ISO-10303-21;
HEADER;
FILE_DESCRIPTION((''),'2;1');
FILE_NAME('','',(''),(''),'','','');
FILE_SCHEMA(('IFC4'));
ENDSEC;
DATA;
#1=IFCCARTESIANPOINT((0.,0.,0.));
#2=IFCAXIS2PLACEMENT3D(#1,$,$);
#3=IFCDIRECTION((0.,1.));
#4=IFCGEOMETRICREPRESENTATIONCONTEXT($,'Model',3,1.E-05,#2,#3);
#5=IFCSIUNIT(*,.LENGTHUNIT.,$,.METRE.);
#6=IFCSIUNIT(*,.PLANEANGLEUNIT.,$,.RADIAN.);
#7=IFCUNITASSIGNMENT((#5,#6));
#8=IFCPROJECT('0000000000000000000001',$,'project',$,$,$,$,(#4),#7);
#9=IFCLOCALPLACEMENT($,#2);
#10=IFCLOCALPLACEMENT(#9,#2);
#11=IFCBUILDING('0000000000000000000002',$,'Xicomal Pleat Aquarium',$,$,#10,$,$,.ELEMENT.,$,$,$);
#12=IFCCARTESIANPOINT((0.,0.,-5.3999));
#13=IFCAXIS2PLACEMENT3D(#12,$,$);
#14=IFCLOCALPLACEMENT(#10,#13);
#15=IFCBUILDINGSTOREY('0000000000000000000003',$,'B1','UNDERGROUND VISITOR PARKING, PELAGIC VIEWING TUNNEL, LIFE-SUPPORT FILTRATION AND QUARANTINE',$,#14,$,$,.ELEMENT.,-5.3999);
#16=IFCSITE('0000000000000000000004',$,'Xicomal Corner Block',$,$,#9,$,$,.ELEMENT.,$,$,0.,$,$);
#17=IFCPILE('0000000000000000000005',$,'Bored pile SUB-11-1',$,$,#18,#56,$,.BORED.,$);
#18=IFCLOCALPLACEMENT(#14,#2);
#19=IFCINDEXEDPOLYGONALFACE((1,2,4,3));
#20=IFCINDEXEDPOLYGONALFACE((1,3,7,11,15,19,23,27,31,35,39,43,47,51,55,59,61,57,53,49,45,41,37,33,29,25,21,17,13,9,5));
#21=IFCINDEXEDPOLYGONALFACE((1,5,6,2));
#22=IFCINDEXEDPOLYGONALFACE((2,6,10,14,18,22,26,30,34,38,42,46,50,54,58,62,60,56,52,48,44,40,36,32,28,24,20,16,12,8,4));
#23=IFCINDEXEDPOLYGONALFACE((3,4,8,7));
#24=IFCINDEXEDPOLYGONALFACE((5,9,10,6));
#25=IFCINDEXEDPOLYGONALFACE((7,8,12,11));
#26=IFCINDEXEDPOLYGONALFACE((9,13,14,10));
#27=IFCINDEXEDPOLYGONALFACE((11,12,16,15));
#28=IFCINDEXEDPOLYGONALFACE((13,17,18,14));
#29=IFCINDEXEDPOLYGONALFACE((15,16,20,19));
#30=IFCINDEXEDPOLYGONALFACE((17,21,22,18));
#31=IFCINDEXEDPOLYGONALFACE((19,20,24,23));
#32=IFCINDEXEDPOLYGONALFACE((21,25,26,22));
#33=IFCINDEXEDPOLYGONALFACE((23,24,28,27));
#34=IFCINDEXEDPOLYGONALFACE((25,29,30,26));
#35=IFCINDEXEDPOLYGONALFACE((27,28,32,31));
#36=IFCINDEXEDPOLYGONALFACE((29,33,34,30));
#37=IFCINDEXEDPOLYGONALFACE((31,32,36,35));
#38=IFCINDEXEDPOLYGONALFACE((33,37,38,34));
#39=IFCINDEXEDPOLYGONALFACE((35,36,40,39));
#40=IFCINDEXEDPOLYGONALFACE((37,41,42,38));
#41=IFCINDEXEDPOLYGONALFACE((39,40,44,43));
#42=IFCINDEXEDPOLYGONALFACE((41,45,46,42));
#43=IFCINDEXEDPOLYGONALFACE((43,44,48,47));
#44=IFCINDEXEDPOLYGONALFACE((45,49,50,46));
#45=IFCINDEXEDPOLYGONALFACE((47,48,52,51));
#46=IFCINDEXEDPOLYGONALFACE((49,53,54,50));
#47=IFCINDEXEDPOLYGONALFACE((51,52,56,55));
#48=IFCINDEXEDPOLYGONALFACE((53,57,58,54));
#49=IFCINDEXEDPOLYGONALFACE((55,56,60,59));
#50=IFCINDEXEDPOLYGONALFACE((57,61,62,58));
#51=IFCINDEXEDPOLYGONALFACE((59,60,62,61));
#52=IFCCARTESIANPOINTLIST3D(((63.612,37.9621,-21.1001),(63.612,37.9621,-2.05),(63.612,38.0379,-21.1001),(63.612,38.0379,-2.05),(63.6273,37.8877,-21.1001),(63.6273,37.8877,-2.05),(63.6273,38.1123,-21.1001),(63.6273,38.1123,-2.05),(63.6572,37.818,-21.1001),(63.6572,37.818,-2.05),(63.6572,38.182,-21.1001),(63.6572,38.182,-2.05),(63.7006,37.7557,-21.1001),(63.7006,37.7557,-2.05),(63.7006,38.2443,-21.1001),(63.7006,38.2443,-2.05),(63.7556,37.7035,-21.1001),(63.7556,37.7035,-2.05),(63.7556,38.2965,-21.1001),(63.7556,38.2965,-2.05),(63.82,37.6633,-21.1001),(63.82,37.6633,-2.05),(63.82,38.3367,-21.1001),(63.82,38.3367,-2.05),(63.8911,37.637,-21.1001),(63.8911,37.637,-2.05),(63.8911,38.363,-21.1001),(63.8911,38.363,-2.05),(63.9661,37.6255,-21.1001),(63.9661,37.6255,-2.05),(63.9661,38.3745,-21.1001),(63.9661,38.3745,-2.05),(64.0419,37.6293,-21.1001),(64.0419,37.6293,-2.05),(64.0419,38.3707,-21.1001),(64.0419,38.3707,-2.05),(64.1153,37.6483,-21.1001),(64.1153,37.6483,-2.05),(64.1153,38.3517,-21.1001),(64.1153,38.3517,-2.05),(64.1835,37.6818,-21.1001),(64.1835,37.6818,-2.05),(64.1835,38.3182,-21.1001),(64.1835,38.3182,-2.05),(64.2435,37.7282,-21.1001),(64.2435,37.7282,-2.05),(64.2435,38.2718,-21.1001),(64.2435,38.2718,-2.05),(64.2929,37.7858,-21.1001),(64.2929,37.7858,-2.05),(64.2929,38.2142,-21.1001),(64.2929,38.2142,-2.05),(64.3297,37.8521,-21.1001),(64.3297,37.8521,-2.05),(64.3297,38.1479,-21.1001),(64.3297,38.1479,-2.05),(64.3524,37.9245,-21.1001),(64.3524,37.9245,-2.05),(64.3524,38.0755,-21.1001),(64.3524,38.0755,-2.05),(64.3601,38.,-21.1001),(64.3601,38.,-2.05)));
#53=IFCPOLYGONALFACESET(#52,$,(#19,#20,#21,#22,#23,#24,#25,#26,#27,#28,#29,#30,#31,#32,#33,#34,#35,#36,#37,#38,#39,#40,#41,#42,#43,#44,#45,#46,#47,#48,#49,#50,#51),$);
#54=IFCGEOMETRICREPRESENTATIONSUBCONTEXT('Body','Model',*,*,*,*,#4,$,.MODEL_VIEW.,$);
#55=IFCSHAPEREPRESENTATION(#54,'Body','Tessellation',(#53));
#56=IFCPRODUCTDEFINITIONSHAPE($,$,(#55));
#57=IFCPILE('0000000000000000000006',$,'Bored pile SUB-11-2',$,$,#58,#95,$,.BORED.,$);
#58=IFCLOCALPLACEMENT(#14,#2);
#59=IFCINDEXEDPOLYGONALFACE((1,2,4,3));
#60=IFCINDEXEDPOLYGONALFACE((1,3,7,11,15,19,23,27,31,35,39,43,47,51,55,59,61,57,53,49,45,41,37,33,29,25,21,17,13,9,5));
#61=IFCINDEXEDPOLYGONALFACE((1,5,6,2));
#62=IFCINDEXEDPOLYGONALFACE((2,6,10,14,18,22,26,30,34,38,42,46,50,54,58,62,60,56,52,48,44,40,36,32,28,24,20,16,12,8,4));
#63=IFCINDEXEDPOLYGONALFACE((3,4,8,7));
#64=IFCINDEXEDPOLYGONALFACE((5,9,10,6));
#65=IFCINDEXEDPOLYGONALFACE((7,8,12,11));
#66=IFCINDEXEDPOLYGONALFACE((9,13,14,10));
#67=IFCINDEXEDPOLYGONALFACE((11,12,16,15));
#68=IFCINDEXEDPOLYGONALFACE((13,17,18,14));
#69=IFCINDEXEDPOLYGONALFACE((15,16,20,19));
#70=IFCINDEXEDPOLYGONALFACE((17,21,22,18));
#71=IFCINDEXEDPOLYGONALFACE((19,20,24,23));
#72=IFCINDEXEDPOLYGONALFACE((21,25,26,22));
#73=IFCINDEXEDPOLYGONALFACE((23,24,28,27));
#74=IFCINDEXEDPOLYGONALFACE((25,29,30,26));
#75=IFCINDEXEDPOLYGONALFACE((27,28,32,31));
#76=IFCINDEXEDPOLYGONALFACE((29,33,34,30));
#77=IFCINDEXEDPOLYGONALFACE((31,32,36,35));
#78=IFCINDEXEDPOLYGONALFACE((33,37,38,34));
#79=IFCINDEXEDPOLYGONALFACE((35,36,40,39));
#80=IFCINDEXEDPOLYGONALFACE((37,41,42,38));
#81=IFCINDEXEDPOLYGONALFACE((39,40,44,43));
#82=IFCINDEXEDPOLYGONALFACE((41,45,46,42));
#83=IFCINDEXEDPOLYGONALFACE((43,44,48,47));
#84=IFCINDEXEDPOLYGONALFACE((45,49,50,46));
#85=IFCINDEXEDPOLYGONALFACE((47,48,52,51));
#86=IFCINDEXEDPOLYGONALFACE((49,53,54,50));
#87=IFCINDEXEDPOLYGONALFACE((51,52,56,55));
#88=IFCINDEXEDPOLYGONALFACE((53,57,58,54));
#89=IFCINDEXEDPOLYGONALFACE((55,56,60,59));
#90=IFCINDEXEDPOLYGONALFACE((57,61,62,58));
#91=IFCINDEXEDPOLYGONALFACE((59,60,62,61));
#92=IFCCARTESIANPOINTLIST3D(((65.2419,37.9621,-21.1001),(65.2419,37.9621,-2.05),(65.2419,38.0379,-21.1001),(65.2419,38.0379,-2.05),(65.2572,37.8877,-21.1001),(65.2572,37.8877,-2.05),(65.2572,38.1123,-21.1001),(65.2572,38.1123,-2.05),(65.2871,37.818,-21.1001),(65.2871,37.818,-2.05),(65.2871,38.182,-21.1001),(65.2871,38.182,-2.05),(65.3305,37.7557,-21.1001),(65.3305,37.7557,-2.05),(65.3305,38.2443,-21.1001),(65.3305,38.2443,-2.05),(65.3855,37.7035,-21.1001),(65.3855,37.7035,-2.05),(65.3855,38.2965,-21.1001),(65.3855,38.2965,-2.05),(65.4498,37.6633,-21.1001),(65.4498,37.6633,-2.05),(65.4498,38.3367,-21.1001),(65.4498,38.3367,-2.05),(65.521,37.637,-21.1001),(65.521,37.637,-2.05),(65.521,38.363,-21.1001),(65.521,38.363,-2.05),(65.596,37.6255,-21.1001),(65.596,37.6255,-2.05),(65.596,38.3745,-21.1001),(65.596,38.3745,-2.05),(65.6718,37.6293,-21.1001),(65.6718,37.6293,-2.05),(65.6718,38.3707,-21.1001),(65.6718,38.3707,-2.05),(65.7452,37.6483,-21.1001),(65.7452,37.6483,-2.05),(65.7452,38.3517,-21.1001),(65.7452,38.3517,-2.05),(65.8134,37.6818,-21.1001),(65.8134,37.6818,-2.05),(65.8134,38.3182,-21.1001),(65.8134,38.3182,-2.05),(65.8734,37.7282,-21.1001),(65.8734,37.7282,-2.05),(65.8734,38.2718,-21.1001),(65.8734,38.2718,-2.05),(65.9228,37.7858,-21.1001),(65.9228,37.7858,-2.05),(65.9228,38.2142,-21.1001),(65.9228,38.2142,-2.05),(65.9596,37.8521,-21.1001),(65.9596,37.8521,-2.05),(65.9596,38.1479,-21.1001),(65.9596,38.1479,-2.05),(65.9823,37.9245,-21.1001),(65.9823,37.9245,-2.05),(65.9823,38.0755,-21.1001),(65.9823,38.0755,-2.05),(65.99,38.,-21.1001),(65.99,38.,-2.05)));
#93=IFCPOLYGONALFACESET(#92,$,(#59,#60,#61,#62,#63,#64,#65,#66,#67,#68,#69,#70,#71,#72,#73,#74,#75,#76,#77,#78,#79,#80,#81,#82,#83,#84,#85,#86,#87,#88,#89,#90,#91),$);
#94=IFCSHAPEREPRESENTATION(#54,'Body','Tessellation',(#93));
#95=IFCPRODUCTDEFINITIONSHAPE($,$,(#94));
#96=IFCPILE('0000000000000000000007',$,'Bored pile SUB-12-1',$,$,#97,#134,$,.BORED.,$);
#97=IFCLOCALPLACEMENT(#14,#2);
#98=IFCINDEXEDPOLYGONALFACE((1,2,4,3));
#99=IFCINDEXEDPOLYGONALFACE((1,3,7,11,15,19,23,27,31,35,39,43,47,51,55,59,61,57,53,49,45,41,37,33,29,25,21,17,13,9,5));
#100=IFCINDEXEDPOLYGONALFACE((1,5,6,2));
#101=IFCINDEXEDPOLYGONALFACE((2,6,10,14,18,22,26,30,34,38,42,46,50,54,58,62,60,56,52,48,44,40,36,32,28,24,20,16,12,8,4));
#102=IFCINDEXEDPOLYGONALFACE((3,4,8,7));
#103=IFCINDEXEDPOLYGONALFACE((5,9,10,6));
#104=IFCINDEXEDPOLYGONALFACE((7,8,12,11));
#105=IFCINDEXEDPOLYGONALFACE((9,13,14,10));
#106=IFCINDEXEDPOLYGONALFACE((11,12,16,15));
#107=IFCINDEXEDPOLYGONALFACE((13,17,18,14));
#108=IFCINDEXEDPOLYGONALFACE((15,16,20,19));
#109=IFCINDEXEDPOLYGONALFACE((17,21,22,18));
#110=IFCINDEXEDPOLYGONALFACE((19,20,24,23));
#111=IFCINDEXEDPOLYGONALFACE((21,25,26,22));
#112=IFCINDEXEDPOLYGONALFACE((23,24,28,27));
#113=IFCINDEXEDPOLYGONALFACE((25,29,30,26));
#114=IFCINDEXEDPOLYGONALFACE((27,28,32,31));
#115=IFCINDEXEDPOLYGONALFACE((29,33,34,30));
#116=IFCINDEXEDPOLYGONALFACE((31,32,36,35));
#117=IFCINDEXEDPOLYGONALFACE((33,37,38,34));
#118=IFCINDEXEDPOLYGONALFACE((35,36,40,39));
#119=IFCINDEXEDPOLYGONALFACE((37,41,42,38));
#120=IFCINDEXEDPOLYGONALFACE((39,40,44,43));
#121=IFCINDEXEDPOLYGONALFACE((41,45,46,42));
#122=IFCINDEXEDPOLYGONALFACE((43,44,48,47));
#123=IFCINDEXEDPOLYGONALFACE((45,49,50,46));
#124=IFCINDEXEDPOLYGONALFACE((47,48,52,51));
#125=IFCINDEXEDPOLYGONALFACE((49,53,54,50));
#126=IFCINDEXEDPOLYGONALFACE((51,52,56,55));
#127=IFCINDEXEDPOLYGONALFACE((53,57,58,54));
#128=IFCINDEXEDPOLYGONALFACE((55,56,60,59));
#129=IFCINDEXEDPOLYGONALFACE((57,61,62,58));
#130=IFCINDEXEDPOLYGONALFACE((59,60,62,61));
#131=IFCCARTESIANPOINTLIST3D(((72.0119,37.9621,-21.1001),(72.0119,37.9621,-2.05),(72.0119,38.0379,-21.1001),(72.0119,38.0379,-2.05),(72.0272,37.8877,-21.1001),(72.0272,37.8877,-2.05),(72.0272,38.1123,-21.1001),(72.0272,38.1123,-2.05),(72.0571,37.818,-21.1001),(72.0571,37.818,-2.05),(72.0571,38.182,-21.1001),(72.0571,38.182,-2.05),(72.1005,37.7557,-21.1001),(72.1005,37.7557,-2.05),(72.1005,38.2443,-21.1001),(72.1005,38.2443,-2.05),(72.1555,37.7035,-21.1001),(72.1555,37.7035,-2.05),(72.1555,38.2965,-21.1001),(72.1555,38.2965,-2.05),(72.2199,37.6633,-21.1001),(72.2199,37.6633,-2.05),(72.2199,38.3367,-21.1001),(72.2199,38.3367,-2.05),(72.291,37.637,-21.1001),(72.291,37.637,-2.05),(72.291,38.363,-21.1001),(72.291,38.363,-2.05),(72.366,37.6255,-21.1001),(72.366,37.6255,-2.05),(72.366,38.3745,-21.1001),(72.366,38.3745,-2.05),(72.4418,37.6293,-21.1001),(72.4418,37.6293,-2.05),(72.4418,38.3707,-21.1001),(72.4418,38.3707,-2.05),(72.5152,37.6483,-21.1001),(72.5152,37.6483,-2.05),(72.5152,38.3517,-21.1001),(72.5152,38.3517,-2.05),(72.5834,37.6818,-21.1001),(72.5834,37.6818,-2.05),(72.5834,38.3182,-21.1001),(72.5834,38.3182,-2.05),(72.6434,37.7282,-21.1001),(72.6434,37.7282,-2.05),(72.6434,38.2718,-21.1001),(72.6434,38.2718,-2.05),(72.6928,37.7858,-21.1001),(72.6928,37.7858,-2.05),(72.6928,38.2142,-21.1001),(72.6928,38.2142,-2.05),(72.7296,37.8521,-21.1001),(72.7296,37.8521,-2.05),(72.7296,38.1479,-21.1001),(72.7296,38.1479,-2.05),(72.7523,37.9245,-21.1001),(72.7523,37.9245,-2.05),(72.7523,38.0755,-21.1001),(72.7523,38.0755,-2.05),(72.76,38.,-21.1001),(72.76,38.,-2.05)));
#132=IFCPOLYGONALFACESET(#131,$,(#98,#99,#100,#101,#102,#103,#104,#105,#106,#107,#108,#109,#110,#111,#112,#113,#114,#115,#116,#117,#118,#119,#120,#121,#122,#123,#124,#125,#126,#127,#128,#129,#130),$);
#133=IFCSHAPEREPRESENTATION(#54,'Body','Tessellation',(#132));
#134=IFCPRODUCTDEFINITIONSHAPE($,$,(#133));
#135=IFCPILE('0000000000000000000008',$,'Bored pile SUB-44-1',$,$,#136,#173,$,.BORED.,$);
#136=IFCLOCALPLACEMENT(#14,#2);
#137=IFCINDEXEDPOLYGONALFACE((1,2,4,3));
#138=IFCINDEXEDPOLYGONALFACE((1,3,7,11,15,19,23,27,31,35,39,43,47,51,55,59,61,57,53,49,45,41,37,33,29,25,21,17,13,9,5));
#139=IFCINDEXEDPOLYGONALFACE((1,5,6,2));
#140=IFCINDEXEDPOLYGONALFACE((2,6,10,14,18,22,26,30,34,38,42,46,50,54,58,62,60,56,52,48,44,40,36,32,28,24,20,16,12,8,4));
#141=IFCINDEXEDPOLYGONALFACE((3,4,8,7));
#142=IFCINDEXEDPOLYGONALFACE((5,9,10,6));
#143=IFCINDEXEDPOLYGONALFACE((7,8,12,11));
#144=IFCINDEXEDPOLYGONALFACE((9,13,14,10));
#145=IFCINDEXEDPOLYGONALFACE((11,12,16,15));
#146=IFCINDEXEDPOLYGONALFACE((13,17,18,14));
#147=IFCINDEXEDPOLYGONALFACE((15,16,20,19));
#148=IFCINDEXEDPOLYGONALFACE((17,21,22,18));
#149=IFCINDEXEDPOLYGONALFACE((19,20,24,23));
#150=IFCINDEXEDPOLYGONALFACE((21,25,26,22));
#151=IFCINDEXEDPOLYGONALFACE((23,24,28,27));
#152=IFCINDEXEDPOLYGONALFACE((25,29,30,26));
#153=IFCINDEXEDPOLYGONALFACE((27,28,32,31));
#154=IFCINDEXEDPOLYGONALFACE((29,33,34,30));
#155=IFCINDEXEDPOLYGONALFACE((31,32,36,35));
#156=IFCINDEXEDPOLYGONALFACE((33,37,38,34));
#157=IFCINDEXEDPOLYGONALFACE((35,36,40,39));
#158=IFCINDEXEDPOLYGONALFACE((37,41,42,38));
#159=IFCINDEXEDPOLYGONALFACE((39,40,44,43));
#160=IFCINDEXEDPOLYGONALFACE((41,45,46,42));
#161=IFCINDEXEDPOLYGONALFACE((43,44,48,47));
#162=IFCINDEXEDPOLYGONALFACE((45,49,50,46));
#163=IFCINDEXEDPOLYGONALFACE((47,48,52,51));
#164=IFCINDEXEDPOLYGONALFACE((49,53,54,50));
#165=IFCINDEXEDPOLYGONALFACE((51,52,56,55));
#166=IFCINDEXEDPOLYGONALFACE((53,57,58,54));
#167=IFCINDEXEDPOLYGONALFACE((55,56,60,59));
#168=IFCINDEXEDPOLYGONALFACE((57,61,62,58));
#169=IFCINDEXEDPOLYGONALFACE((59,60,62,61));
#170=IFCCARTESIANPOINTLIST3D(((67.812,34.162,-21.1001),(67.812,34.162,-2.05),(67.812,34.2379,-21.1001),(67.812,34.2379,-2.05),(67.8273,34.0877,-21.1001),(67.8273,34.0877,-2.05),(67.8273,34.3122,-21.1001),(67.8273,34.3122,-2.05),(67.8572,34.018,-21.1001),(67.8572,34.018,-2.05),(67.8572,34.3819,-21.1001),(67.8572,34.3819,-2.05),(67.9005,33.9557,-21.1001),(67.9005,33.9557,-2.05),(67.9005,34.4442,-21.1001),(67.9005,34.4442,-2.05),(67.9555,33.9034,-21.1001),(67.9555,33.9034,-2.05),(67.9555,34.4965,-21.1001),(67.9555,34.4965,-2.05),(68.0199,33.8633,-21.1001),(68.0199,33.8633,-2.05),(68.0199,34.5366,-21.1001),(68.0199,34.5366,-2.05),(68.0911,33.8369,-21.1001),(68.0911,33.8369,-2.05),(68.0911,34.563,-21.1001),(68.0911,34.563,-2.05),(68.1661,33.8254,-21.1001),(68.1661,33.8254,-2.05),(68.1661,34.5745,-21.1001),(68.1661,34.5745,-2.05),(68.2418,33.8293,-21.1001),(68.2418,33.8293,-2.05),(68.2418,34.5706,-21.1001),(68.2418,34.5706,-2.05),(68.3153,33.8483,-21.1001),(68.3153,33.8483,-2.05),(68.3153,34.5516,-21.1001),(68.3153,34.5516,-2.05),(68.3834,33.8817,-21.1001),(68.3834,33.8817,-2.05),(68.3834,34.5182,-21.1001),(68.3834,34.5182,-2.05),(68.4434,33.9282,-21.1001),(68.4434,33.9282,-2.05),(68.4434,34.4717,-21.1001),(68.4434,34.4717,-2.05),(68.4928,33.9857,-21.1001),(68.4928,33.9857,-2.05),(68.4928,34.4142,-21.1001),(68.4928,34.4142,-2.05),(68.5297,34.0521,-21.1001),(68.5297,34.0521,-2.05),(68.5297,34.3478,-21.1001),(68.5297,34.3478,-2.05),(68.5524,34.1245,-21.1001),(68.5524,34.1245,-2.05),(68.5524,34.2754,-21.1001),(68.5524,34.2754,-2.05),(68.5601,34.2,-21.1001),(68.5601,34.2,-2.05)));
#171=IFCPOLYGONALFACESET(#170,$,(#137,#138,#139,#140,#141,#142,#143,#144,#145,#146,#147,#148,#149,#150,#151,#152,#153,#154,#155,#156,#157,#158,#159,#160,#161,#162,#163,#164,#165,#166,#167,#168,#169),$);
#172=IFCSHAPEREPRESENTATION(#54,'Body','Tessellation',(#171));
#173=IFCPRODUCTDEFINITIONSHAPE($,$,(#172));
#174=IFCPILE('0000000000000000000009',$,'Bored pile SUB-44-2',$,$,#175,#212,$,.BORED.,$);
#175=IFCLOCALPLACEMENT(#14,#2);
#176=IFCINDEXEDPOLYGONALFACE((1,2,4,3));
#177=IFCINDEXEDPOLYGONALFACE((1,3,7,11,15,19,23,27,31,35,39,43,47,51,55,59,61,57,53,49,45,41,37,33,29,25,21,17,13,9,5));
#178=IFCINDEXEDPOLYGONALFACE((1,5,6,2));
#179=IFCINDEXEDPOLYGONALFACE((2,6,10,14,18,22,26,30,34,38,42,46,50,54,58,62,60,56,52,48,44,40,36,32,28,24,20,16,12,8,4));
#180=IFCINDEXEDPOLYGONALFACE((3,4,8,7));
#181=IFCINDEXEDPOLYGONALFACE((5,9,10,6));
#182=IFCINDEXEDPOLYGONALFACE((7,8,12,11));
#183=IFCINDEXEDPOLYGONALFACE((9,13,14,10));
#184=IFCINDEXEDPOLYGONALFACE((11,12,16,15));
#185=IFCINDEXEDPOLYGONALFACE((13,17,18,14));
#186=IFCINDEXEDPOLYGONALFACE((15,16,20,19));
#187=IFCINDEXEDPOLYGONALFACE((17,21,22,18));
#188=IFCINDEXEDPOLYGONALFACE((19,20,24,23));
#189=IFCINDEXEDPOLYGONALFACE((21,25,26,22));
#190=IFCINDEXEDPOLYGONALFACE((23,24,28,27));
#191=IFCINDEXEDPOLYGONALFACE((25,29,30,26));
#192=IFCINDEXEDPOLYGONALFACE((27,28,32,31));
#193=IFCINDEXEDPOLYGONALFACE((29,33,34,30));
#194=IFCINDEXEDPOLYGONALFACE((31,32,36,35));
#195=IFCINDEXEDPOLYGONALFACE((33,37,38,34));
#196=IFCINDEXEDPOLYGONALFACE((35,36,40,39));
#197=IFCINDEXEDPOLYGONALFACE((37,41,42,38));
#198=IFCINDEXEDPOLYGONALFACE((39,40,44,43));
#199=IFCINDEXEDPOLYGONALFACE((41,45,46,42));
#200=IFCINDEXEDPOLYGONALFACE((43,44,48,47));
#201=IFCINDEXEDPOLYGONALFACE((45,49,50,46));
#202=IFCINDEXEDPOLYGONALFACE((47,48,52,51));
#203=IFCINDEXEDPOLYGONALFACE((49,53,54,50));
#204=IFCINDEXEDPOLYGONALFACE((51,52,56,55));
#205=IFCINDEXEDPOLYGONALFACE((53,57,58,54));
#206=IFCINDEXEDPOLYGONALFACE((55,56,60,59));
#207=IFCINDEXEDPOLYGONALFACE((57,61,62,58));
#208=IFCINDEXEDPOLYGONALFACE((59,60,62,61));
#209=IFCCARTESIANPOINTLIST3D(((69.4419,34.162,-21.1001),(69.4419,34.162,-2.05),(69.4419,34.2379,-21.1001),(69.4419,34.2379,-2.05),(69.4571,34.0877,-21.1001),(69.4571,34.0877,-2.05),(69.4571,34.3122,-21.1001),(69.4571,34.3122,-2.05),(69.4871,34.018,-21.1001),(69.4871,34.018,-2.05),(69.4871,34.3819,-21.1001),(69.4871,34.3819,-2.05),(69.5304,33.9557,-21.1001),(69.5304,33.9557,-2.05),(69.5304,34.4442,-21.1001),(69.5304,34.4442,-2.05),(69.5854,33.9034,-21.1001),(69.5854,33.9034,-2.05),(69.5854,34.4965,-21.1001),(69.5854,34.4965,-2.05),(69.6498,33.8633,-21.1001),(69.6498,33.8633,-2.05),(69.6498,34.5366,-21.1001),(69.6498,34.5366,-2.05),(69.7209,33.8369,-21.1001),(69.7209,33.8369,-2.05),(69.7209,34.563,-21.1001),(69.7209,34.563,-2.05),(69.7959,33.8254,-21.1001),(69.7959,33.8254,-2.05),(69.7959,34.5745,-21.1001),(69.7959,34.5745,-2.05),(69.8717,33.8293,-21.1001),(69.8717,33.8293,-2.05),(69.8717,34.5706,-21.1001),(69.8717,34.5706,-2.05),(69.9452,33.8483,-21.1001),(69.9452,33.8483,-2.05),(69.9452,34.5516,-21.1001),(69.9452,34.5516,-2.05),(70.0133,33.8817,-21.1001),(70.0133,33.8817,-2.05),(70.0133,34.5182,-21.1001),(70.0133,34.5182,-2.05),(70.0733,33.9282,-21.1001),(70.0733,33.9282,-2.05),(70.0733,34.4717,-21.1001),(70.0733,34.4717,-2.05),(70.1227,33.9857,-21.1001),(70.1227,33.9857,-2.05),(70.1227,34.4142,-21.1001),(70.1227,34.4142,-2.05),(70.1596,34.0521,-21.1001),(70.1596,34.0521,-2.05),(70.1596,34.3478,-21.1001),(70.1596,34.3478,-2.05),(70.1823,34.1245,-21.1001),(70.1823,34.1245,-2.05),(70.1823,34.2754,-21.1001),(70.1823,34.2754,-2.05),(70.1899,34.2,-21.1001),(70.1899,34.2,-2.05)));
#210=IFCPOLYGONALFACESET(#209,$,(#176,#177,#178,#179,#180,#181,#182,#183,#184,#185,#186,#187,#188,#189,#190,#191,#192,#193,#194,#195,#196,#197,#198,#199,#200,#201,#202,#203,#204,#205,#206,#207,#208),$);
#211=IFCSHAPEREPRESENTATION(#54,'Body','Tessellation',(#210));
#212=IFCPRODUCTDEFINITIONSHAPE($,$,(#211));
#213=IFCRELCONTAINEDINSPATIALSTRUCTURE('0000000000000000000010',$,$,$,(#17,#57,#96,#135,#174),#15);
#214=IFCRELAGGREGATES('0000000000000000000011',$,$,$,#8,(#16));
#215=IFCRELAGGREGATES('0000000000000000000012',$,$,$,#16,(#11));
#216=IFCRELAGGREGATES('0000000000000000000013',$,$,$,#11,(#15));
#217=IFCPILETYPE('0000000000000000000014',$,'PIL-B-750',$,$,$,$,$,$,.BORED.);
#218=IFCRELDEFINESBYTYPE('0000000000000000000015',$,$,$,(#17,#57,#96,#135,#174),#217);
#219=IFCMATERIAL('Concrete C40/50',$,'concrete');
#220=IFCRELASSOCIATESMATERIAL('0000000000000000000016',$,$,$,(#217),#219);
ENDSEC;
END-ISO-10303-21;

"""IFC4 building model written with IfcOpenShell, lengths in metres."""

from ifc_helpers import new_model, si_unit, direction, frame, origin, origin_2d, place, context, subcontext, project, spatial, circle, extrude, material, material_profile, profile_set, type_object, element, save


model = new_model("IFC4")

# Units and contexts
model_context = context("Model", 3, precision=1e-05, world=origin(), true_north=direction((0.0, 1.0)))
body_context = subcontext(model_context, "Body", "Model", "MODEL_VIEW")
ifc_project = project(units=[si_unit("LENGTHUNIT", "METRE"), si_unit("PLANEANGLEUNIT", "RADIAN")], contexts=[model_context])

# Site, building, storey
site_placement = place(None, origin())
site = spatial("IfcSite", under=ifc_project, at=site_placement, Name="Xicomal Corner Block", CompositionType="ELEMENT", RefElevation=0.0)
building_placement = place(site_placement, origin())
building = spatial("IfcBuilding", under=site, at=building_placement, Name="Xicomal Pleat Aquarium", CompositionType="ELEMENT")
storey_placement = place(building_placement, frame((0.0, 0.0, -5.3999)))
storey = spatial("IfcBuildingStorey", under=building, at=storey_placement, Name="B1", Description="UNDERGROUND VISITOR PARKING, PELAGIC VIEWING TUNNEL, LIFE-SUPPORT FILTRATION AND QUARANTINE", CompositionType="ELEMENT", Elevation=-5.3999)

# Piles
ifc_material_1 = material(Name="Concrete C40/50", Category="concrete")
ifc_material_profile_1 = material_profile(ifc_material_1, circle(Radius=0.375, at=origin_2d()), Name="BORED PILE D750")
ifc_profile_set_1 = profile_set([ifc_material_profile_1], Name="Concrete C40/50")
pile_type_1 = type_object("IfcPileType", Name="PIL-B-750", PredefinedType="BORED", material=ifc_profile_set_1)
for number, where, z_axis, x_axis, name in (
    (1, (63.9851, 38.0, -2.05), (0.0, 0.0, -1.0), (1.0, 0.0, 0.0), "Bored pile SUB-11-1"),
    (2, (65.615, 38.0, -2.05), (0.0, 0.0, -1.0), (1.0, 0.0, 0.0), "Bored pile SUB-11-2"),
    (3, (72.385, 38.0, -2.05), (0.0, 0.0, -1.0), (1.0, 0.0, 0.0), "Bored pile SUB-12-1"),
    (4, (68.1851, 34.2, -2.05), (0.0, 0.0, -1.0), (1.0, 0.0, 0.0), "Bored pile SUB-44-1"),
    (5, (69.8149, 34.2, -2.05), (0.0, 0.0, -1.0), (1.0, 0.0, 0.0), "Bored pile SUB-44-2"),
):
    element("IfcPile", number, at=place(storey_placement, frame(where, z_axis=z_axis, x_axis=x_axis)), inside=storey, type_object=pile_type_1, Name=name, PredefinedType="BORED", context=body_context, shape_type="SweptSolid", body=[
        extrude(circle(Radius=0.375, at=origin_2d()), origin(), (0.0, 0.0, 1.0), 19.05),
    ])

save(model, "model.ifc")
